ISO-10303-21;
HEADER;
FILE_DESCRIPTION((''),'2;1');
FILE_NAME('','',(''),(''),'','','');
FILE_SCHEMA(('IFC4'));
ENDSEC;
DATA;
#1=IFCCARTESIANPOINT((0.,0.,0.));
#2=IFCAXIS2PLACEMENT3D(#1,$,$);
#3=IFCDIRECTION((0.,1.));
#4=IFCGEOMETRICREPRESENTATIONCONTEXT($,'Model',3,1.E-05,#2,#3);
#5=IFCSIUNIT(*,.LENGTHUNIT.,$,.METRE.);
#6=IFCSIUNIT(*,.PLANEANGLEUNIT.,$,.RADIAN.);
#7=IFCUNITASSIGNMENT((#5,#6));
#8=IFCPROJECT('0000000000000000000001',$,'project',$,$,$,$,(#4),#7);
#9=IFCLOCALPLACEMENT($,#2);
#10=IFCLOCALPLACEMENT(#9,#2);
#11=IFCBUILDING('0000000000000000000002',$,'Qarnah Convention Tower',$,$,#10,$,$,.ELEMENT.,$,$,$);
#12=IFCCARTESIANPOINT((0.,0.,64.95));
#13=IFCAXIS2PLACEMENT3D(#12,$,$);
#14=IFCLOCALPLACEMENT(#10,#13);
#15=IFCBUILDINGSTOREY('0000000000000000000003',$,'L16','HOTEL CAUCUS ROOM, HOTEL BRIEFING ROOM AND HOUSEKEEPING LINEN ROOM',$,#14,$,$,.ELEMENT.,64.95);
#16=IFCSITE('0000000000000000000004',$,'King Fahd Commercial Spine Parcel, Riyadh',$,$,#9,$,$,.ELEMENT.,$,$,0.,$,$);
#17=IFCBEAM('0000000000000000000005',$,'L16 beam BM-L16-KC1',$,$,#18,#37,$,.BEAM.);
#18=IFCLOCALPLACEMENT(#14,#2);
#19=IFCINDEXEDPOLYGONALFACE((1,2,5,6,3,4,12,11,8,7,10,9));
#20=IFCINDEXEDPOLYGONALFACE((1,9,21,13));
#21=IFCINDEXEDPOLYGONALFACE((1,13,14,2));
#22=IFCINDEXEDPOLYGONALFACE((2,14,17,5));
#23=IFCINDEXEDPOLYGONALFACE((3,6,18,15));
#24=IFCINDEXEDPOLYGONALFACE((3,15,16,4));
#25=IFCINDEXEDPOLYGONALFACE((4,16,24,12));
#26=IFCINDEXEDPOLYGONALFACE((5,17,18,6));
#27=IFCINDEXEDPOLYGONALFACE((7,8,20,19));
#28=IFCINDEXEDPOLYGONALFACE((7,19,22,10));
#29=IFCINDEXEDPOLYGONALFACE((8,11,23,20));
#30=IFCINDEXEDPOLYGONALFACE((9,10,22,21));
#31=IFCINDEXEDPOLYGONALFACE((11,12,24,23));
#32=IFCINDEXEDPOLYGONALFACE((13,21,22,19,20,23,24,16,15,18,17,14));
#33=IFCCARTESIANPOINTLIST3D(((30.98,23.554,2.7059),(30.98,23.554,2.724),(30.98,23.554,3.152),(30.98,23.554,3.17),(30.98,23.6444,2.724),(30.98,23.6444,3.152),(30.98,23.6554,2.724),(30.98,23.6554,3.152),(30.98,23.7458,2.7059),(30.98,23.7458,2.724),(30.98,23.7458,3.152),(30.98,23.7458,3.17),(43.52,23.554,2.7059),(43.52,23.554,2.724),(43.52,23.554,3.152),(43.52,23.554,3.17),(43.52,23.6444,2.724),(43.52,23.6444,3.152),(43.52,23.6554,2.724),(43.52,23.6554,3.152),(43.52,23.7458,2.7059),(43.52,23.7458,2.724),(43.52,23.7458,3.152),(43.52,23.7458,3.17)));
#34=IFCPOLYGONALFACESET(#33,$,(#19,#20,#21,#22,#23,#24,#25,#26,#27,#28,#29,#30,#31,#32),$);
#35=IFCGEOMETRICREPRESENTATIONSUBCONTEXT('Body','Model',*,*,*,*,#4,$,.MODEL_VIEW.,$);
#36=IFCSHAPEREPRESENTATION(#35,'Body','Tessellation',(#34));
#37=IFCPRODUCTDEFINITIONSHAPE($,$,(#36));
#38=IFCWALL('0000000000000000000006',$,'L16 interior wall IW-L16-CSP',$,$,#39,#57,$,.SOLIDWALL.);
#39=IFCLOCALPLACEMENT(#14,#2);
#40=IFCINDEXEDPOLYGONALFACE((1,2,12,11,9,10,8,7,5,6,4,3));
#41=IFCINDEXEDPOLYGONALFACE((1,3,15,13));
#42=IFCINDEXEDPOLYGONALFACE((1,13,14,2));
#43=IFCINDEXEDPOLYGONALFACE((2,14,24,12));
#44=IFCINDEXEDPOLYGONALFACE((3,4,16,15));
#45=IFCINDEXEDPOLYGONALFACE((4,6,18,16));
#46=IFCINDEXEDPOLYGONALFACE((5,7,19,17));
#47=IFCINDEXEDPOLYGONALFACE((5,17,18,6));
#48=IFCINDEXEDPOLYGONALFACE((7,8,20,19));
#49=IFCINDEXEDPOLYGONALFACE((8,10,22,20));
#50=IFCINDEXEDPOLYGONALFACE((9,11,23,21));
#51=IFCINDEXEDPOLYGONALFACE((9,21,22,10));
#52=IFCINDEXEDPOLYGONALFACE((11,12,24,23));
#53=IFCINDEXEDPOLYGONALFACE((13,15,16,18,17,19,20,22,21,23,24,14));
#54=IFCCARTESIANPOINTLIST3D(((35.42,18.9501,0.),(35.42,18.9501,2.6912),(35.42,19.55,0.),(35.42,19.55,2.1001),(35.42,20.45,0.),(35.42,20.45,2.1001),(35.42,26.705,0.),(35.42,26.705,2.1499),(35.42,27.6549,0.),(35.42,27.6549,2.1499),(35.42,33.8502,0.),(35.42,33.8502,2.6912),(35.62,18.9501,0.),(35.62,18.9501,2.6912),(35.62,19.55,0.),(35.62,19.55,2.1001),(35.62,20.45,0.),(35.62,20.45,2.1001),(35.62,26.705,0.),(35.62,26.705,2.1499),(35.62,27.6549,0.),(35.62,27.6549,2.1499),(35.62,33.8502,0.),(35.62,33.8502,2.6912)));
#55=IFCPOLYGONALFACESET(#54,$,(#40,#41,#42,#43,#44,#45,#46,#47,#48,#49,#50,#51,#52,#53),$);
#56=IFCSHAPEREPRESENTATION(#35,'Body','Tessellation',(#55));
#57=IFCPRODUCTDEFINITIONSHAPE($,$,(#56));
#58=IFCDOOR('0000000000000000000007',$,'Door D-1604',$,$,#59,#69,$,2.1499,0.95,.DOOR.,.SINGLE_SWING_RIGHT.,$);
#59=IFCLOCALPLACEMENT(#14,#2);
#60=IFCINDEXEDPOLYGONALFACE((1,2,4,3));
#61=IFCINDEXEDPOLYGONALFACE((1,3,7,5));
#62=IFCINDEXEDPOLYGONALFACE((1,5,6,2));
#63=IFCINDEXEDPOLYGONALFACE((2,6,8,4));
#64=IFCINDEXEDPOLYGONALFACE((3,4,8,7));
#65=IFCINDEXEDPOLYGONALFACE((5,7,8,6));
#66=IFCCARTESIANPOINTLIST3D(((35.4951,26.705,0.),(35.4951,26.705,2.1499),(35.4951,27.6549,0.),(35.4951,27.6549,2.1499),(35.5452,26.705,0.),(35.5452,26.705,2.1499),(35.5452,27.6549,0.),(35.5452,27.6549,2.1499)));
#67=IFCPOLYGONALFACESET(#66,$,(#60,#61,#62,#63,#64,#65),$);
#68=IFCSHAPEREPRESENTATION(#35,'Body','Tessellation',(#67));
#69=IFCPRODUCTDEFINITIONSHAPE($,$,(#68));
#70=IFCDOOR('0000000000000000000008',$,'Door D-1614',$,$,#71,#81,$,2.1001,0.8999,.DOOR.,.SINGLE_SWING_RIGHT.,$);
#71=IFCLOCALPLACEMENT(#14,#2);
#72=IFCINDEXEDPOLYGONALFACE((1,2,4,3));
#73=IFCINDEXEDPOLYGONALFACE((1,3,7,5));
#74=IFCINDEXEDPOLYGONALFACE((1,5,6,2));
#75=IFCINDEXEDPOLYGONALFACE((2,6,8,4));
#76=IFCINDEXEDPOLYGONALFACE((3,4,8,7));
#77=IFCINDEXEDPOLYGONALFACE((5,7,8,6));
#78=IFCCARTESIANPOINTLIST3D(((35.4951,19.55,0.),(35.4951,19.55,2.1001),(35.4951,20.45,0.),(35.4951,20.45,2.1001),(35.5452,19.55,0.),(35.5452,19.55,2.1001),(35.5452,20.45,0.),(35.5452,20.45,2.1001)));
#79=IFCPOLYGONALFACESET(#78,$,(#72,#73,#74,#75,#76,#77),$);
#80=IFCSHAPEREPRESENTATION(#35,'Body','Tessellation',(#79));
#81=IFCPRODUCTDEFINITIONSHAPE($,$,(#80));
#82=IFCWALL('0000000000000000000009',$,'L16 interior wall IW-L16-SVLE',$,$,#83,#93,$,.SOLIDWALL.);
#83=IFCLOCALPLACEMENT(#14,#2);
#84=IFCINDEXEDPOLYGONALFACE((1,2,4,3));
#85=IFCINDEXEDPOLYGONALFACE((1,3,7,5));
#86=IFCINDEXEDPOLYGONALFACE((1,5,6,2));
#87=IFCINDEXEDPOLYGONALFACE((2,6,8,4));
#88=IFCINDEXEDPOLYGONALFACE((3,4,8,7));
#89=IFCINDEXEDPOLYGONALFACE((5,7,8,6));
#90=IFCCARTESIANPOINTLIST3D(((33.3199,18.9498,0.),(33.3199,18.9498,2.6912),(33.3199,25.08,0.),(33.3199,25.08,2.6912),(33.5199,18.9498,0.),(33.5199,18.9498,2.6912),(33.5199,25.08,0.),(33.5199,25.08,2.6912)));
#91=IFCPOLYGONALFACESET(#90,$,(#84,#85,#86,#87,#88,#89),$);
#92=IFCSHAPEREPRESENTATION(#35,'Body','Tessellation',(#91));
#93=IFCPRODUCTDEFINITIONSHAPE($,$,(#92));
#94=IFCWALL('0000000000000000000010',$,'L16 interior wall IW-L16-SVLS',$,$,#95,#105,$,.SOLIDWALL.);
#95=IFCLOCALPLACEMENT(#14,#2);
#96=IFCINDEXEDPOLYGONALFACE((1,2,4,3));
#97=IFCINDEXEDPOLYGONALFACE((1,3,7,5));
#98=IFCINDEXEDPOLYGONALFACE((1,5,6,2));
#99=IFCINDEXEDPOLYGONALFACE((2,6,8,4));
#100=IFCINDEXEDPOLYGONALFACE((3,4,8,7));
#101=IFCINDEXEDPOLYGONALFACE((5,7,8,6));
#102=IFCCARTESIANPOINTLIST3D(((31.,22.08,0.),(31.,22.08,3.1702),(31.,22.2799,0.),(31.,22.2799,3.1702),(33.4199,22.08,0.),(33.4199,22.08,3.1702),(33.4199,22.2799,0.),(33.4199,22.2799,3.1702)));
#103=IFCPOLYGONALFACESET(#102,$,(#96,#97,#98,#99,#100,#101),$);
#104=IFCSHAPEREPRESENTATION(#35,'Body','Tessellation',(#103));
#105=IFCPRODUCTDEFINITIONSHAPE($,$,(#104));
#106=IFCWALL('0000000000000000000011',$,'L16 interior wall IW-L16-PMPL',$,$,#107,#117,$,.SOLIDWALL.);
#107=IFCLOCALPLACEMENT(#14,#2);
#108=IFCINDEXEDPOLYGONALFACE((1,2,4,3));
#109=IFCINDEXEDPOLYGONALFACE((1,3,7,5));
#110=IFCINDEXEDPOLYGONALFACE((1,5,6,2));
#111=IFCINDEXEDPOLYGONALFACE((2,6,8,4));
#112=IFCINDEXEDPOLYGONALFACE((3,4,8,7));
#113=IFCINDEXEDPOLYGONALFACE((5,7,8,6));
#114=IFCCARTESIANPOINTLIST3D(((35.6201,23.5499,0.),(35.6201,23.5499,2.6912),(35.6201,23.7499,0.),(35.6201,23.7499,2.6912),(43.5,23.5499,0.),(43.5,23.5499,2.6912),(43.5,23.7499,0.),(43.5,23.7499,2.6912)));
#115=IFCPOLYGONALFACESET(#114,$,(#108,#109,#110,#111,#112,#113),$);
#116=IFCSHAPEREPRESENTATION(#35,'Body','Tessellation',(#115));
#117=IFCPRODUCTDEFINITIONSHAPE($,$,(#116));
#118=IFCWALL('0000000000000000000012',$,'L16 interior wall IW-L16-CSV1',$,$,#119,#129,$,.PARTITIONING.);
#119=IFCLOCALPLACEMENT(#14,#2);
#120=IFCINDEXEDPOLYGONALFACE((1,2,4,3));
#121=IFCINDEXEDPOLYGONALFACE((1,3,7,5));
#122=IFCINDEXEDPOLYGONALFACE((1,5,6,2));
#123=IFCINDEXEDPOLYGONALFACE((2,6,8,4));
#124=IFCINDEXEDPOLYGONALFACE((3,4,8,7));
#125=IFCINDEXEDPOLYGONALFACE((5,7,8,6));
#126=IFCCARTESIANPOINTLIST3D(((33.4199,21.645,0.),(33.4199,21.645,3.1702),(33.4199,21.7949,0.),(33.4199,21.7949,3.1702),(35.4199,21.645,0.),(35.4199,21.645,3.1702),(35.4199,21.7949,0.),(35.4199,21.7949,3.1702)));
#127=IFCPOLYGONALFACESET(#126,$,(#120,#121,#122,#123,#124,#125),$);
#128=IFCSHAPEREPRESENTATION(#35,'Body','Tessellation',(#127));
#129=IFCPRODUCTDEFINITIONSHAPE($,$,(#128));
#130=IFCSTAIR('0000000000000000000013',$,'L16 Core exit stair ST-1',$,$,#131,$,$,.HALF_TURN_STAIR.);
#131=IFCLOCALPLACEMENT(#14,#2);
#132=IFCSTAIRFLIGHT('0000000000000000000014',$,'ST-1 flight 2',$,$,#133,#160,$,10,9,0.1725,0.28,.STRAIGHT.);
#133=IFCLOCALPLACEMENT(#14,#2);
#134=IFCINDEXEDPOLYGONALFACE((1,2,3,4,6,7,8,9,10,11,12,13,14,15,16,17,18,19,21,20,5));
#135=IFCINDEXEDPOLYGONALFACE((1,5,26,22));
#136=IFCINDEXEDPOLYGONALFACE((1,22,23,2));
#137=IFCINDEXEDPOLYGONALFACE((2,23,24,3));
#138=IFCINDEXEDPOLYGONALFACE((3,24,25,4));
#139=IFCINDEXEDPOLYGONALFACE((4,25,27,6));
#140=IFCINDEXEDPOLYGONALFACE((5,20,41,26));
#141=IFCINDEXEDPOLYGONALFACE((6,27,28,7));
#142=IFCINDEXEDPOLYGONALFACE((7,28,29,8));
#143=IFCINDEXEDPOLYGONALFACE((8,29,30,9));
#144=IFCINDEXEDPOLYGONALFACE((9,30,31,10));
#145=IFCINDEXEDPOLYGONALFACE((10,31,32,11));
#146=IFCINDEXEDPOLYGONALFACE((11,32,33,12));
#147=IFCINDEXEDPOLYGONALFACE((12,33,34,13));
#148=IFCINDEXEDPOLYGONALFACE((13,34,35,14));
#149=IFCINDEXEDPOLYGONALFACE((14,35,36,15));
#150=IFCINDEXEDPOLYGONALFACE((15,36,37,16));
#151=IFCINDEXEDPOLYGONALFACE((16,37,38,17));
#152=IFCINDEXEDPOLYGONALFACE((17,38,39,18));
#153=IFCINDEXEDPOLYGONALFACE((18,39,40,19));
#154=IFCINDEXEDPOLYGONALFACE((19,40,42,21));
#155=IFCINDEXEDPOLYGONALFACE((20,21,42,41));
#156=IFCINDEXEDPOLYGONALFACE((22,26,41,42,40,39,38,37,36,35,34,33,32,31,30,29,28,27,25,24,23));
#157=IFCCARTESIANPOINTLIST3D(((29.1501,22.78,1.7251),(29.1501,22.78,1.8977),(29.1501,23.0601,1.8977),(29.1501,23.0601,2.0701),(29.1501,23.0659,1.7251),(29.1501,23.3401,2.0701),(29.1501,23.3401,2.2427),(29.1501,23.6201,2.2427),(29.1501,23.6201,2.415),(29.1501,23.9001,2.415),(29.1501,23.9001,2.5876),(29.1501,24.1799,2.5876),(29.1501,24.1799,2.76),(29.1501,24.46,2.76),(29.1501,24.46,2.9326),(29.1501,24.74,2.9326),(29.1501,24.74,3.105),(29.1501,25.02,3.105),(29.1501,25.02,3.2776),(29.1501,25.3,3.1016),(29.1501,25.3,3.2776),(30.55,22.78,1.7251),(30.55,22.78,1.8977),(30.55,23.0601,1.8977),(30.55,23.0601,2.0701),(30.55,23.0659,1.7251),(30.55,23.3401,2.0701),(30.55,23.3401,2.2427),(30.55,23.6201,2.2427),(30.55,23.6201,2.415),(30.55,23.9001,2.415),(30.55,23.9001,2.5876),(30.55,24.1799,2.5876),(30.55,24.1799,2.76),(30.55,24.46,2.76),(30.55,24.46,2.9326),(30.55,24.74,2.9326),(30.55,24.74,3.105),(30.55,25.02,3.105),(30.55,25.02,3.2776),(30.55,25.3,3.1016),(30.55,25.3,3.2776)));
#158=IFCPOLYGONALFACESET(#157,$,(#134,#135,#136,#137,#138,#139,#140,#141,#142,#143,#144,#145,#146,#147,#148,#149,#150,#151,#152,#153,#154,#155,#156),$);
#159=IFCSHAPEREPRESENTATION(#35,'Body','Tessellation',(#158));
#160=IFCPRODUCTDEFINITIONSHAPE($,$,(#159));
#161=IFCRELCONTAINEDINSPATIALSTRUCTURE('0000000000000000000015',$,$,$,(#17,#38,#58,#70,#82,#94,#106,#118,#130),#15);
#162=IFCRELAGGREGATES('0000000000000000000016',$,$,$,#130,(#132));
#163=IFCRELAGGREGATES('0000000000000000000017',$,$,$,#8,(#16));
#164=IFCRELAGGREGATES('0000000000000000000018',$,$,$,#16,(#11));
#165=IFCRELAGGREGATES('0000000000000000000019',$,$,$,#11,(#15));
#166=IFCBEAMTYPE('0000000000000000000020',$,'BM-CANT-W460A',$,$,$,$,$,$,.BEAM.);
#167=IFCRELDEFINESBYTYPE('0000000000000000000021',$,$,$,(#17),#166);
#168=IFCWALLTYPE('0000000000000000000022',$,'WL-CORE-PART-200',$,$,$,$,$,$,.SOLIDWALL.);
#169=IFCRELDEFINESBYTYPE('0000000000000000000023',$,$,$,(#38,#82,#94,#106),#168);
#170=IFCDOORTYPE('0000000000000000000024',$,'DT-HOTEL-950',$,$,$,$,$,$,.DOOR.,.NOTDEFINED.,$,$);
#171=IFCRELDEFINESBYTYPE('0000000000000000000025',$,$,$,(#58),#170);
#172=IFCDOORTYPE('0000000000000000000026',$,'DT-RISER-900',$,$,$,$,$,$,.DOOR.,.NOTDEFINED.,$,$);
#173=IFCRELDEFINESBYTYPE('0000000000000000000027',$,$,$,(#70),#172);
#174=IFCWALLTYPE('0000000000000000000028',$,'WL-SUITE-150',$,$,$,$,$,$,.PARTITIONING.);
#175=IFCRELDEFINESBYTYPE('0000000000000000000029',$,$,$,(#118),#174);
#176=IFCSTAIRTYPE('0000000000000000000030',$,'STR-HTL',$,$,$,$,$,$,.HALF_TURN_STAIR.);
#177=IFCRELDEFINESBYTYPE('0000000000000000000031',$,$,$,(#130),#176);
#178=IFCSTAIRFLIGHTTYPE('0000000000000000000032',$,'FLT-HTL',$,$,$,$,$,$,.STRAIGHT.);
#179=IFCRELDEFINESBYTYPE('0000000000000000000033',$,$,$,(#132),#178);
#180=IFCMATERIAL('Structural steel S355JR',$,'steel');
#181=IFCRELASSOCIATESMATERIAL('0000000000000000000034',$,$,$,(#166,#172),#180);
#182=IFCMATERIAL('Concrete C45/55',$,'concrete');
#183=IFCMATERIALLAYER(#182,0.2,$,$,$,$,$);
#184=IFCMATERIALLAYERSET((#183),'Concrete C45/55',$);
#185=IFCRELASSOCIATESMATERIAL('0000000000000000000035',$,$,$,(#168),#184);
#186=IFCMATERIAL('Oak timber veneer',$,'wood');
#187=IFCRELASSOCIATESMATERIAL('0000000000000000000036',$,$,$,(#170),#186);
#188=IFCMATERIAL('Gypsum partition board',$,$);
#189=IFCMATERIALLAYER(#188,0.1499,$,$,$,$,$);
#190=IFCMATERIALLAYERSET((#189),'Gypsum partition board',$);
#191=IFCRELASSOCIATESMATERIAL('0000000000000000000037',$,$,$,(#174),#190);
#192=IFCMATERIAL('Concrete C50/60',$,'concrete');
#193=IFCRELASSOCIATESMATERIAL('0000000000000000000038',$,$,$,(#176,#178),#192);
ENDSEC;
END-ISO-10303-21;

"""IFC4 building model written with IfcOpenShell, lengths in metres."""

from ifc_helpers import new_model, si_unit, direction, frame, frame_2d, origin, origin_2d, place, context, subcontext, project, spatial, polyline, rectangle, i_section, outline, extrude, material, layer, layer_set, material_profile, profile_set, type_object, element, fill, aggregate, save


model = new_model("IFC4")

# Units and contexts
model_context = context("Model", 3, precision=1e-05, world=origin(), true_north=direction((0.0, 1.0)))
body_context = subcontext(model_context, "Body", "Model", "MODEL_VIEW")
ifc_project = project(units=[si_unit("LENGTHUNIT", "METRE"), si_unit("PLANEANGLEUNIT", "RADIAN")], contexts=[model_context])

# Site, building, storey
site_placement = place(None, origin())
site = spatial("IfcSite", under=ifc_project, at=site_placement, Name="King Fahd Commercial Spine Parcel, Riyadh", CompositionType="ELEMENT", RefElevation=0.0)
building_placement = place(site_placement, origin())
building = spatial("IfcBuilding", under=site, at=building_placement, Name="Qarnah Convention Tower", CompositionType="ELEMENT")
storey_placement = place(building_placement, frame((0.0, 0.0, 64.95)))
storey = spatial("IfcBuildingStorey", under=building, at=storey_placement, Name="L16", Description="HOTEL CAUCUS ROOM, HOTEL BRIEFING ROOM AND HOUSEKEEPING LINEN ROOM", CompositionType="ELEMENT", Elevation=64.95)

# Beam
ifc_material_1 = material(Name="Structural steel S355JR", Category="steel")
ifc_material_profile = material_profile(ifc_material_1, i_section(OverallWidth=0.1919, OverallDepth=0.4641, WebThickness=0.011, FlangeThickness=0.0181, at=origin_2d()), Name="W460X89")
ifc_profile_set = profile_set([ifc_material_profile], Name="Structural steel S355JR")
beam_type = type_object("IfcBeamType", Name="BM-CANT-W460A", PredefinedType="BEAM", material=ifc_profile_set)
beam_placement = place(storey_placement, frame((30.98, 23.6499, 2.938), z_axis=(1.0, 0.0, 0.0), x_axis=(0.0, 1.0, 0.0)))
element("IfcBeam", 1, at=beam_placement, inside=storey, type_object=beam_type, Name="L16 beam BM-L16-KC1", PredefinedType="BEAM", context=body_context, shape_type="SweptSolid", body=[
    extrude(i_section(OverallWidth=0.1919, OverallDepth=0.4641, WebThickness=0.011, FlangeThickness=0.0181, at=origin_2d()), origin(), (0.0, 0.0, 1.0), 12.54),
])

# Wall, openings, doors
door_type_1 = type_object("IfcDoorType", Name="DT-RISER-900", OperationType="NOTDEFINED", PredefinedType="DOOR", material=ifc_material_1)
ifc_material_2 = material(Name="Concrete C45/55", Category="concrete")
ifc_layer_1 = layer(ifc_material_2, 0.2)
ifc_layer_set_1 = layer_set([ifc_layer_1], Name="Concrete C45/55")
wall_type_1 = type_object("IfcWallType", Name="WL-CORE-PART-200", PredefinedType="SOLIDWALL", material=ifc_layer_set_1)
wall_1_placement = place(storey_placement, frame((35.52, 18.95, 0.0), z_axis=(0.0, 0.0, 1.0), x_axis=(0.0, 1.0, 0.0)))
wall_1 = element("IfcWall", 2, at=wall_1_placement, inside=storey, type_object=wall_type_1, Name="L16 interior wall IW-L16-CSP", PredefinedType="SOLIDWALL", context=body_context, shape_type="SweptSolid", body=[
    extrude(rectangle(XDim=14.9001, YDim=0.2, at=frame_2d((7.4502, 0.0))), origin(), (0.0, 0.0, 1.0), 2.6912),
])
opening_1_placement = place(wall_1_placement, frame((7.7549, 0.0, 0.0)))
opening_1 = element("IfcOpeningElement", 3, at=opening_1_placement, cuts=wall_1, PredefinedType="OPENING", context=body_context, shape_type="SweptSolid", body=[
    extrude(rectangle(XDim=0.95, YDim=2.1499, at=frame_2d((0.4751, 1.075))), frame((0.0, 0.1099, 0.0), z_axis=(0.0, -1.0, 0.0), x_axis=(1.0, 0.0, 0.0)), (0.0, 0.0, 1.0), 0.22),
])
opening_2_placement = place(wall_1_placement, frame((0.6001, 0.0, 0.0)))
opening_2 = element("IfcOpeningElement", 4, at=opening_2_placement, cuts=wall_1, PredefinedType="OPENING", context=body_context, shape_type="SweptSolid", body=[
    extrude(rectangle(XDim=0.8999, YDim=2.1001, at=frame_2d((0.45, 1.05))), frame((0.0, 0.1099, 0.0), z_axis=(0.0, -1.0, 0.0), x_axis=(1.0, 0.0, 0.0)), (0.0, 0.0, 1.0), 0.22),
])
ifc_material_3 = material(Name="Oak timber veneer", Category="wood")
door_type_2 = type_object("IfcDoorType", Name="DT-HOTEL-950", OperationType="NOTDEFINED", PredefinedType="DOOR", material=ifc_material_3)
door_1_placement = place(opening_1_placement, origin())
door_1 = element("IfcDoor", 5, at=door_1_placement, inside=storey, type_object=door_type_2, Name="Door D-1604", OperationType="SINGLE_SWING_RIGHT", OverallHeight=2.1499, OverallWidth=0.95, PredefinedType="DOOR", context=body_context, shape_type="SweptSolid", body=[
    extrude(rectangle(XDim=0.95, YDim=2.1499, at=frame_2d((0.4751, 1.075))), frame((0.0, 0.0249, 0.0), z_axis=(0.0, -1.0, 0.0), x_axis=(1.0, 0.0, 0.0)), (0.0, 0.0, 1.0), 0.05),
])
fill(opening_1, door_1)
door_2_placement = place(opening_2_placement, origin())
door_2 = element("IfcDoor", 6, at=door_2_placement, inside=storey, type_object=door_type_1, Name="Door D-1614", OperationType="SINGLE_SWING_RIGHT", OverallHeight=2.1001, OverallWidth=0.8999, PredefinedType="DOOR", context=body_context, shape_type="SweptSolid", body=[
    extrude(rectangle(XDim=0.8999, YDim=2.1001, at=frame_2d((0.45, 1.05))), frame((0.0, 0.0249, 0.0), z_axis=(0.0, -1.0, 0.0), x_axis=(1.0, 0.0, 0.0)), (0.0, 0.0, 1.0), 0.05),
])
fill(opening_2, door_2)

# Walls
wall_2_placement = place(storey_placement, frame((33.4199, 18.95, 0.0), z_axis=(0.0, 0.0, 1.0), x_axis=(0.0, 1.0, 0.0)))
element("IfcWall", 7, at=wall_2_placement, inside=storey, type_object=wall_type_1, Name="L16 interior wall IW-L16-SVLE", PredefinedType="SOLIDWALL", context=body_context, shape_type="SweptSolid", body=[
    extrude(rectangle(XDim=6.1301, YDim=0.2, at=frame_2d((3.0649, 0.0))), origin(), (0.0, 0.0, 1.0), 2.6912),
])
wall_3_placement = place(storey_placement, frame((31.0, 22.1799, 0.0), z_axis=(0.0, 0.0, 1.0), x_axis=(1.0, 0.0, 0.0)))
element("IfcWall", 8, at=wall_3_placement, inside=storey, type_object=wall_type_1, Name="L16 interior wall IW-L16-SVLS", PredefinedType="SOLIDWALL", context=body_context, shape_type="SweptSolid", body=[
    extrude(rectangle(XDim=2.4199, YDim=0.2, at=frame_2d((1.21, 0.0))), origin(), (0.0, 0.0, 1.0), 3.1702),
])
wall_4_placement = place(storey_placement, frame((35.6201, 23.6499, 0.0), z_axis=(0.0, 0.0, 1.0), x_axis=(1.0, 0.0, 0.0)))
element("IfcWall", 9, at=wall_4_placement, inside=storey, type_object=wall_type_1, Name="L16 interior wall IW-L16-PMPL", PredefinedType="SOLIDWALL", context=body_context, shape_type="SweptSolid", body=[
    extrude(rectangle(XDim=7.8799, YDim=0.2, at=frame_2d((3.9399, 0.0))), origin(), (0.0, 0.0, 1.0), 2.6912),
])

# Wall
ifc_material_4 = material(Name="Gypsum partition board")
ifc_layer_2 = layer(ifc_material_4, 0.1499)
ifc_layer_set_2 = layer_set([ifc_layer_2], Name="Gypsum partition board")
wall_type_2 = type_object("IfcWallType", Name="WL-SUITE-150", PredefinedType="PARTITIONING", material=ifc_layer_set_2)
wall_5_placement = place(storey_placement, frame((33.4199, 21.72, 0.0), z_axis=(0.0, 0.0, 1.0), x_axis=(1.0, 0.0, 0.0)))
element("IfcWall", 10, at=wall_5_placement, inside=storey, type_object=wall_type_2, Name="L16 interior wall IW-L16-CSV1", PredefinedType="PARTITIONING", context=body_context, shape_type="SweptSolid", body=[
    extrude(rectangle(XDim=2.0, YDim=0.1499, at=frame_2d((1.0, 0.0))), origin(), (0.0, 0.0, 1.0), 3.1702),
])

# Stair, stair flight
ifc_material_5 = material(Name="Concrete C50/60", Category="concrete")
stair_type = type_object("IfcStairType", Name="STR-HTL", PredefinedType="HALF_TURN_STAIR", material=ifc_material_5)
stair_placement = place(storey_placement, origin())
stair = element("IfcStair", 11, at=stair_placement, inside=storey, type_object=stair_type, Name="L16 Core exit stair ST-1", PredefinedType="HALF_TURN_STAIR")
stair_flight_type = type_object("IfcStairFlightType", Name="FLT-HTL", PredefinedType="STRAIGHT", material=ifc_material_5)
stair_flight_placement = place(storey_placement, frame((29.8501, 22.78, 1.7251), z_axis=(0.0, 0.0, 1.0), x_axis=(0.0, 1.0, 0.0)))
stair_flight = element("IfcStairFlight", 12, at=stair_flight_placement, type_object=stair_flight_type, Name="ST-1 flight 2", NumberOfRisers=10, NumberOfTreads=9, PredefinedType="STRAIGHT", RiserHeight=0.1725, TreadLength=0.28, context=body_context, shape_type="SweptSolid", body=[
    extrude(outline(polyline([(0.0, 0.0), (0.0, 0.1726), (0.28, 0.1726), (0.28, 0.345), (0.5601, 0.345), (0.5601, 0.5176), (0.8401, 0.5176), (0.8401, 0.6899), (1.1201, 0.6899), (1.1201, 0.8625), (1.3999, 0.8625), (1.3999, 1.0349), (1.6799, 1.0349), (1.6799, 1.2075), (1.96, 1.2075), (1.96, 1.3799), (2.24, 1.3799), (2.24, 1.5525), (2.52, 1.5525), (2.52, 1.7251), (2.52, 1.3765), (0.2859, 0.0), (0.0, 0.0)])), frame((0.0, 0.7, 0.0), z_axis=(0.0, -1.0, 0.0), x_axis=(1.0, 0.0, 0.0)), (0.0, 0.0, 1.0), 1.3999),
])
aggregate(stair, [stair_flight])

save(model, "model.ifc")
